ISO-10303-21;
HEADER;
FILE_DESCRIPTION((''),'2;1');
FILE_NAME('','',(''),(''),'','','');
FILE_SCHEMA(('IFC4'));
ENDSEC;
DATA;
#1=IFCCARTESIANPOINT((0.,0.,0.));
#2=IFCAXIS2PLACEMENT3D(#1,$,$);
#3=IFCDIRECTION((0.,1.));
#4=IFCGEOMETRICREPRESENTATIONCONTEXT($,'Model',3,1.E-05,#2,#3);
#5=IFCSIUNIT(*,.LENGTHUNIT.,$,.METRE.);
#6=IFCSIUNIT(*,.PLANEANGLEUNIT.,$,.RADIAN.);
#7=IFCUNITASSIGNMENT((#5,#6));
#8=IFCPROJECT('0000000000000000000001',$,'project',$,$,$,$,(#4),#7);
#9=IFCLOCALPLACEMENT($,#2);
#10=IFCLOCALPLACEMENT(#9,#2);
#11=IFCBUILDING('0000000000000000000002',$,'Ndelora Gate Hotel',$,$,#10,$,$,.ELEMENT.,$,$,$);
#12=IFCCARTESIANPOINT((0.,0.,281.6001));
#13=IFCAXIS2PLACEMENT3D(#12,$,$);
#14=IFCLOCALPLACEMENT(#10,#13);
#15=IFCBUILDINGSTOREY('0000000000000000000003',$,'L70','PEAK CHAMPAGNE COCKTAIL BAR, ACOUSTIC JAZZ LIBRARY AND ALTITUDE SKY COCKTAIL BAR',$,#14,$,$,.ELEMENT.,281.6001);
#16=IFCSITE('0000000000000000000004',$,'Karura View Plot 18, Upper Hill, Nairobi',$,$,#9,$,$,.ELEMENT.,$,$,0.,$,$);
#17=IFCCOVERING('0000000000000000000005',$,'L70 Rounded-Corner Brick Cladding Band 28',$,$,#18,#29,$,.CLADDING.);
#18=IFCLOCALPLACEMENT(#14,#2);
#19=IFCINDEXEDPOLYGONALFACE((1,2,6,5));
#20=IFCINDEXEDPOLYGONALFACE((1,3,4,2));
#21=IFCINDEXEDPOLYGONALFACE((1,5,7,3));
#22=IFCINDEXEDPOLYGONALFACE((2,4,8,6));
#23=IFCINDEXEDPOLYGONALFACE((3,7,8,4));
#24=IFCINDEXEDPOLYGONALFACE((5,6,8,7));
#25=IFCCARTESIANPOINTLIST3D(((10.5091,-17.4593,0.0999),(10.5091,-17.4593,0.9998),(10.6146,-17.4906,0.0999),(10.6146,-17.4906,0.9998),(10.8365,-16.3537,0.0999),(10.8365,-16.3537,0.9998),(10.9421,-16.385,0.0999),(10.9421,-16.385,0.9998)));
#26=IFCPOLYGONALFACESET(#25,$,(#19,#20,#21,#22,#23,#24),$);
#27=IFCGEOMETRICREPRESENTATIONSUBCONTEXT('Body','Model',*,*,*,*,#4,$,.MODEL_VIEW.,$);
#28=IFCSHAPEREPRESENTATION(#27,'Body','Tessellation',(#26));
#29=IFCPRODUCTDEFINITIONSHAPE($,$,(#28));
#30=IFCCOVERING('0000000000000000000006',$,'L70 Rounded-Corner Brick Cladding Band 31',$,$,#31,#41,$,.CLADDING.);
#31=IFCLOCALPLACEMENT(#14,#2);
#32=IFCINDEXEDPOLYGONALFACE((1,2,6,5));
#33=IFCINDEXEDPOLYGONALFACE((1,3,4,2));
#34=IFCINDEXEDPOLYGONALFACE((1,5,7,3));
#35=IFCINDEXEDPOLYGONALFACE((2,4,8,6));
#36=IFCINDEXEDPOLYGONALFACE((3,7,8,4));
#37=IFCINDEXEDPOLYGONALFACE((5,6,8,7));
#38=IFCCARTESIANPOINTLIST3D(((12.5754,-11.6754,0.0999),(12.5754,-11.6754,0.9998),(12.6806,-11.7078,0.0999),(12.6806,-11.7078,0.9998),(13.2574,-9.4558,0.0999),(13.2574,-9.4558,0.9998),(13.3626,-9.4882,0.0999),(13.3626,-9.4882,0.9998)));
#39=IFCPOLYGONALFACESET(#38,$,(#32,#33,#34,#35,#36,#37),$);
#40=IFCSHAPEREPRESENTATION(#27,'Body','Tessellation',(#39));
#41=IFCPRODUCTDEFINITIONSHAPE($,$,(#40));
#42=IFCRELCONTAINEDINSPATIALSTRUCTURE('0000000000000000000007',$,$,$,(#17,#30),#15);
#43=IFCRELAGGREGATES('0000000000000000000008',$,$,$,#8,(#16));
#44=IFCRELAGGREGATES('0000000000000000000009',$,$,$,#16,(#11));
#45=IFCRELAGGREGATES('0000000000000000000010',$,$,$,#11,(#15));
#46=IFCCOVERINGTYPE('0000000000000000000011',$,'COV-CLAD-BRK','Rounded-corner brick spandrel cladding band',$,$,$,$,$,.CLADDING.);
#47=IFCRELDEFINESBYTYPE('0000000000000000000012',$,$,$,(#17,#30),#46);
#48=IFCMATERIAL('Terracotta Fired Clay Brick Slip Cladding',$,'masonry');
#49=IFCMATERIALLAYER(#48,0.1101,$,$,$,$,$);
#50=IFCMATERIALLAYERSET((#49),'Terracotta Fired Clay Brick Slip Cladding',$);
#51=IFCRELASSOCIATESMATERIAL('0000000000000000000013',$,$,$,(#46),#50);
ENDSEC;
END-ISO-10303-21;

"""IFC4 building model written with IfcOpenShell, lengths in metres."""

from ifc_helpers import new_model, si_unit, direction, frame, origin, origin_2d, place, context, subcontext, project, spatial, rectangle, extrude, material, layer, layer_set, type_object, element, save


model = new_model("IFC4")

# Units and contexts
model_context = context("Model", 3, precision=1e-05, world=origin(), true_north=direction((0.0, 1.0)))
body_context = subcontext(model_context, "Body", "Model", "MODEL_VIEW")
ifc_project = project(units=[si_unit("LENGTHUNIT", "METRE"), si_unit("PLANEANGLEUNIT", "RADIAN")], contexts=[model_context])

# Site, building, storey
site_placement = place(None, origin())
site = spatial("IfcSite", under=ifc_project, at=site_placement, Name="Karura View Plot 18, Upper Hill, Nairobi", CompositionType="ELEMENT", RefElevation=0.0)
building_placement = place(site_placement, origin())
building = spatial("IfcBuilding", under=site, at=building_placement, Name="Ndelora Gate Hotel", CompositionType="ELEMENT")
storey_placement = place(building_placement, frame((0.0, 0.0, 281.6001)))
storey = spatial("IfcBuildingStorey", under=building, at=storey_placement, Name="L70", Description="PEAK CHAMPAGNE COCKTAIL BAR, ACOUSTIC JAZZ LIBRARY AND ALTITUDE SKY COCKTAIL BAR", CompositionType="ELEMENT", Elevation=281.6001)

# Coverings
ifc_material_1 = material(Name="Terracotta Fired Clay Brick Slip Cladding", Category="masonry")
ifc_layer_1 = layer(ifc_material_1, 0.1101)
ifc_layer_set_1 = layer_set([ifc_layer_1], Name="Terracotta Fired Clay Brick Slip Cladding")
covering_type = type_object("IfcCoveringType", Name="COV-CLAD-BRK", Description="Rounded-corner brick spandrel cladding band", PredefinedType="CLADDING", material=ifc_layer_set_1)
covering_1_placement = place(storey_placement, frame((10.7256, -16.9221, 0.0999), z_axis=(0.0, 0.0, 1.0), x_axis=(0.284015, 0.95882, 0.0)))
element("IfcCovering", 1, at=covering_1_placement, inside=storey, type_object=covering_type, Name="L70 Rounded-Corner Brick Cladding Band 28", PredefinedType="CLADDING", context=body_context, shape_type="SweptSolid", body=[
    extrude(rectangle(XDim=1.1531, YDim=0.1101, at=origin_2d()), origin(), (0.0, 0.0, 1.0), 0.8999),
])
covering_2_placement = place(storey_placement, frame((12.969, -10.5818, 0.0999), z_axis=(0.0, 0.0, 1.0), x_axis=(0.293707, 0.955896, 0.0)))
element("IfcCovering", 2, at=covering_2_placement, inside=storey, type_object=covering_type, Name="L70 Rounded-Corner Brick Cladding Band 31", PredefinedType="CLADDING", context=body_context, shape_type="SweptSolid", body=[
    extrude(rectangle(XDim=2.322, YDim=0.1101, at=origin_2d()), origin(), (0.0, 0.0, 1.0), 0.8999),
])

save(model, "model.ifc")
